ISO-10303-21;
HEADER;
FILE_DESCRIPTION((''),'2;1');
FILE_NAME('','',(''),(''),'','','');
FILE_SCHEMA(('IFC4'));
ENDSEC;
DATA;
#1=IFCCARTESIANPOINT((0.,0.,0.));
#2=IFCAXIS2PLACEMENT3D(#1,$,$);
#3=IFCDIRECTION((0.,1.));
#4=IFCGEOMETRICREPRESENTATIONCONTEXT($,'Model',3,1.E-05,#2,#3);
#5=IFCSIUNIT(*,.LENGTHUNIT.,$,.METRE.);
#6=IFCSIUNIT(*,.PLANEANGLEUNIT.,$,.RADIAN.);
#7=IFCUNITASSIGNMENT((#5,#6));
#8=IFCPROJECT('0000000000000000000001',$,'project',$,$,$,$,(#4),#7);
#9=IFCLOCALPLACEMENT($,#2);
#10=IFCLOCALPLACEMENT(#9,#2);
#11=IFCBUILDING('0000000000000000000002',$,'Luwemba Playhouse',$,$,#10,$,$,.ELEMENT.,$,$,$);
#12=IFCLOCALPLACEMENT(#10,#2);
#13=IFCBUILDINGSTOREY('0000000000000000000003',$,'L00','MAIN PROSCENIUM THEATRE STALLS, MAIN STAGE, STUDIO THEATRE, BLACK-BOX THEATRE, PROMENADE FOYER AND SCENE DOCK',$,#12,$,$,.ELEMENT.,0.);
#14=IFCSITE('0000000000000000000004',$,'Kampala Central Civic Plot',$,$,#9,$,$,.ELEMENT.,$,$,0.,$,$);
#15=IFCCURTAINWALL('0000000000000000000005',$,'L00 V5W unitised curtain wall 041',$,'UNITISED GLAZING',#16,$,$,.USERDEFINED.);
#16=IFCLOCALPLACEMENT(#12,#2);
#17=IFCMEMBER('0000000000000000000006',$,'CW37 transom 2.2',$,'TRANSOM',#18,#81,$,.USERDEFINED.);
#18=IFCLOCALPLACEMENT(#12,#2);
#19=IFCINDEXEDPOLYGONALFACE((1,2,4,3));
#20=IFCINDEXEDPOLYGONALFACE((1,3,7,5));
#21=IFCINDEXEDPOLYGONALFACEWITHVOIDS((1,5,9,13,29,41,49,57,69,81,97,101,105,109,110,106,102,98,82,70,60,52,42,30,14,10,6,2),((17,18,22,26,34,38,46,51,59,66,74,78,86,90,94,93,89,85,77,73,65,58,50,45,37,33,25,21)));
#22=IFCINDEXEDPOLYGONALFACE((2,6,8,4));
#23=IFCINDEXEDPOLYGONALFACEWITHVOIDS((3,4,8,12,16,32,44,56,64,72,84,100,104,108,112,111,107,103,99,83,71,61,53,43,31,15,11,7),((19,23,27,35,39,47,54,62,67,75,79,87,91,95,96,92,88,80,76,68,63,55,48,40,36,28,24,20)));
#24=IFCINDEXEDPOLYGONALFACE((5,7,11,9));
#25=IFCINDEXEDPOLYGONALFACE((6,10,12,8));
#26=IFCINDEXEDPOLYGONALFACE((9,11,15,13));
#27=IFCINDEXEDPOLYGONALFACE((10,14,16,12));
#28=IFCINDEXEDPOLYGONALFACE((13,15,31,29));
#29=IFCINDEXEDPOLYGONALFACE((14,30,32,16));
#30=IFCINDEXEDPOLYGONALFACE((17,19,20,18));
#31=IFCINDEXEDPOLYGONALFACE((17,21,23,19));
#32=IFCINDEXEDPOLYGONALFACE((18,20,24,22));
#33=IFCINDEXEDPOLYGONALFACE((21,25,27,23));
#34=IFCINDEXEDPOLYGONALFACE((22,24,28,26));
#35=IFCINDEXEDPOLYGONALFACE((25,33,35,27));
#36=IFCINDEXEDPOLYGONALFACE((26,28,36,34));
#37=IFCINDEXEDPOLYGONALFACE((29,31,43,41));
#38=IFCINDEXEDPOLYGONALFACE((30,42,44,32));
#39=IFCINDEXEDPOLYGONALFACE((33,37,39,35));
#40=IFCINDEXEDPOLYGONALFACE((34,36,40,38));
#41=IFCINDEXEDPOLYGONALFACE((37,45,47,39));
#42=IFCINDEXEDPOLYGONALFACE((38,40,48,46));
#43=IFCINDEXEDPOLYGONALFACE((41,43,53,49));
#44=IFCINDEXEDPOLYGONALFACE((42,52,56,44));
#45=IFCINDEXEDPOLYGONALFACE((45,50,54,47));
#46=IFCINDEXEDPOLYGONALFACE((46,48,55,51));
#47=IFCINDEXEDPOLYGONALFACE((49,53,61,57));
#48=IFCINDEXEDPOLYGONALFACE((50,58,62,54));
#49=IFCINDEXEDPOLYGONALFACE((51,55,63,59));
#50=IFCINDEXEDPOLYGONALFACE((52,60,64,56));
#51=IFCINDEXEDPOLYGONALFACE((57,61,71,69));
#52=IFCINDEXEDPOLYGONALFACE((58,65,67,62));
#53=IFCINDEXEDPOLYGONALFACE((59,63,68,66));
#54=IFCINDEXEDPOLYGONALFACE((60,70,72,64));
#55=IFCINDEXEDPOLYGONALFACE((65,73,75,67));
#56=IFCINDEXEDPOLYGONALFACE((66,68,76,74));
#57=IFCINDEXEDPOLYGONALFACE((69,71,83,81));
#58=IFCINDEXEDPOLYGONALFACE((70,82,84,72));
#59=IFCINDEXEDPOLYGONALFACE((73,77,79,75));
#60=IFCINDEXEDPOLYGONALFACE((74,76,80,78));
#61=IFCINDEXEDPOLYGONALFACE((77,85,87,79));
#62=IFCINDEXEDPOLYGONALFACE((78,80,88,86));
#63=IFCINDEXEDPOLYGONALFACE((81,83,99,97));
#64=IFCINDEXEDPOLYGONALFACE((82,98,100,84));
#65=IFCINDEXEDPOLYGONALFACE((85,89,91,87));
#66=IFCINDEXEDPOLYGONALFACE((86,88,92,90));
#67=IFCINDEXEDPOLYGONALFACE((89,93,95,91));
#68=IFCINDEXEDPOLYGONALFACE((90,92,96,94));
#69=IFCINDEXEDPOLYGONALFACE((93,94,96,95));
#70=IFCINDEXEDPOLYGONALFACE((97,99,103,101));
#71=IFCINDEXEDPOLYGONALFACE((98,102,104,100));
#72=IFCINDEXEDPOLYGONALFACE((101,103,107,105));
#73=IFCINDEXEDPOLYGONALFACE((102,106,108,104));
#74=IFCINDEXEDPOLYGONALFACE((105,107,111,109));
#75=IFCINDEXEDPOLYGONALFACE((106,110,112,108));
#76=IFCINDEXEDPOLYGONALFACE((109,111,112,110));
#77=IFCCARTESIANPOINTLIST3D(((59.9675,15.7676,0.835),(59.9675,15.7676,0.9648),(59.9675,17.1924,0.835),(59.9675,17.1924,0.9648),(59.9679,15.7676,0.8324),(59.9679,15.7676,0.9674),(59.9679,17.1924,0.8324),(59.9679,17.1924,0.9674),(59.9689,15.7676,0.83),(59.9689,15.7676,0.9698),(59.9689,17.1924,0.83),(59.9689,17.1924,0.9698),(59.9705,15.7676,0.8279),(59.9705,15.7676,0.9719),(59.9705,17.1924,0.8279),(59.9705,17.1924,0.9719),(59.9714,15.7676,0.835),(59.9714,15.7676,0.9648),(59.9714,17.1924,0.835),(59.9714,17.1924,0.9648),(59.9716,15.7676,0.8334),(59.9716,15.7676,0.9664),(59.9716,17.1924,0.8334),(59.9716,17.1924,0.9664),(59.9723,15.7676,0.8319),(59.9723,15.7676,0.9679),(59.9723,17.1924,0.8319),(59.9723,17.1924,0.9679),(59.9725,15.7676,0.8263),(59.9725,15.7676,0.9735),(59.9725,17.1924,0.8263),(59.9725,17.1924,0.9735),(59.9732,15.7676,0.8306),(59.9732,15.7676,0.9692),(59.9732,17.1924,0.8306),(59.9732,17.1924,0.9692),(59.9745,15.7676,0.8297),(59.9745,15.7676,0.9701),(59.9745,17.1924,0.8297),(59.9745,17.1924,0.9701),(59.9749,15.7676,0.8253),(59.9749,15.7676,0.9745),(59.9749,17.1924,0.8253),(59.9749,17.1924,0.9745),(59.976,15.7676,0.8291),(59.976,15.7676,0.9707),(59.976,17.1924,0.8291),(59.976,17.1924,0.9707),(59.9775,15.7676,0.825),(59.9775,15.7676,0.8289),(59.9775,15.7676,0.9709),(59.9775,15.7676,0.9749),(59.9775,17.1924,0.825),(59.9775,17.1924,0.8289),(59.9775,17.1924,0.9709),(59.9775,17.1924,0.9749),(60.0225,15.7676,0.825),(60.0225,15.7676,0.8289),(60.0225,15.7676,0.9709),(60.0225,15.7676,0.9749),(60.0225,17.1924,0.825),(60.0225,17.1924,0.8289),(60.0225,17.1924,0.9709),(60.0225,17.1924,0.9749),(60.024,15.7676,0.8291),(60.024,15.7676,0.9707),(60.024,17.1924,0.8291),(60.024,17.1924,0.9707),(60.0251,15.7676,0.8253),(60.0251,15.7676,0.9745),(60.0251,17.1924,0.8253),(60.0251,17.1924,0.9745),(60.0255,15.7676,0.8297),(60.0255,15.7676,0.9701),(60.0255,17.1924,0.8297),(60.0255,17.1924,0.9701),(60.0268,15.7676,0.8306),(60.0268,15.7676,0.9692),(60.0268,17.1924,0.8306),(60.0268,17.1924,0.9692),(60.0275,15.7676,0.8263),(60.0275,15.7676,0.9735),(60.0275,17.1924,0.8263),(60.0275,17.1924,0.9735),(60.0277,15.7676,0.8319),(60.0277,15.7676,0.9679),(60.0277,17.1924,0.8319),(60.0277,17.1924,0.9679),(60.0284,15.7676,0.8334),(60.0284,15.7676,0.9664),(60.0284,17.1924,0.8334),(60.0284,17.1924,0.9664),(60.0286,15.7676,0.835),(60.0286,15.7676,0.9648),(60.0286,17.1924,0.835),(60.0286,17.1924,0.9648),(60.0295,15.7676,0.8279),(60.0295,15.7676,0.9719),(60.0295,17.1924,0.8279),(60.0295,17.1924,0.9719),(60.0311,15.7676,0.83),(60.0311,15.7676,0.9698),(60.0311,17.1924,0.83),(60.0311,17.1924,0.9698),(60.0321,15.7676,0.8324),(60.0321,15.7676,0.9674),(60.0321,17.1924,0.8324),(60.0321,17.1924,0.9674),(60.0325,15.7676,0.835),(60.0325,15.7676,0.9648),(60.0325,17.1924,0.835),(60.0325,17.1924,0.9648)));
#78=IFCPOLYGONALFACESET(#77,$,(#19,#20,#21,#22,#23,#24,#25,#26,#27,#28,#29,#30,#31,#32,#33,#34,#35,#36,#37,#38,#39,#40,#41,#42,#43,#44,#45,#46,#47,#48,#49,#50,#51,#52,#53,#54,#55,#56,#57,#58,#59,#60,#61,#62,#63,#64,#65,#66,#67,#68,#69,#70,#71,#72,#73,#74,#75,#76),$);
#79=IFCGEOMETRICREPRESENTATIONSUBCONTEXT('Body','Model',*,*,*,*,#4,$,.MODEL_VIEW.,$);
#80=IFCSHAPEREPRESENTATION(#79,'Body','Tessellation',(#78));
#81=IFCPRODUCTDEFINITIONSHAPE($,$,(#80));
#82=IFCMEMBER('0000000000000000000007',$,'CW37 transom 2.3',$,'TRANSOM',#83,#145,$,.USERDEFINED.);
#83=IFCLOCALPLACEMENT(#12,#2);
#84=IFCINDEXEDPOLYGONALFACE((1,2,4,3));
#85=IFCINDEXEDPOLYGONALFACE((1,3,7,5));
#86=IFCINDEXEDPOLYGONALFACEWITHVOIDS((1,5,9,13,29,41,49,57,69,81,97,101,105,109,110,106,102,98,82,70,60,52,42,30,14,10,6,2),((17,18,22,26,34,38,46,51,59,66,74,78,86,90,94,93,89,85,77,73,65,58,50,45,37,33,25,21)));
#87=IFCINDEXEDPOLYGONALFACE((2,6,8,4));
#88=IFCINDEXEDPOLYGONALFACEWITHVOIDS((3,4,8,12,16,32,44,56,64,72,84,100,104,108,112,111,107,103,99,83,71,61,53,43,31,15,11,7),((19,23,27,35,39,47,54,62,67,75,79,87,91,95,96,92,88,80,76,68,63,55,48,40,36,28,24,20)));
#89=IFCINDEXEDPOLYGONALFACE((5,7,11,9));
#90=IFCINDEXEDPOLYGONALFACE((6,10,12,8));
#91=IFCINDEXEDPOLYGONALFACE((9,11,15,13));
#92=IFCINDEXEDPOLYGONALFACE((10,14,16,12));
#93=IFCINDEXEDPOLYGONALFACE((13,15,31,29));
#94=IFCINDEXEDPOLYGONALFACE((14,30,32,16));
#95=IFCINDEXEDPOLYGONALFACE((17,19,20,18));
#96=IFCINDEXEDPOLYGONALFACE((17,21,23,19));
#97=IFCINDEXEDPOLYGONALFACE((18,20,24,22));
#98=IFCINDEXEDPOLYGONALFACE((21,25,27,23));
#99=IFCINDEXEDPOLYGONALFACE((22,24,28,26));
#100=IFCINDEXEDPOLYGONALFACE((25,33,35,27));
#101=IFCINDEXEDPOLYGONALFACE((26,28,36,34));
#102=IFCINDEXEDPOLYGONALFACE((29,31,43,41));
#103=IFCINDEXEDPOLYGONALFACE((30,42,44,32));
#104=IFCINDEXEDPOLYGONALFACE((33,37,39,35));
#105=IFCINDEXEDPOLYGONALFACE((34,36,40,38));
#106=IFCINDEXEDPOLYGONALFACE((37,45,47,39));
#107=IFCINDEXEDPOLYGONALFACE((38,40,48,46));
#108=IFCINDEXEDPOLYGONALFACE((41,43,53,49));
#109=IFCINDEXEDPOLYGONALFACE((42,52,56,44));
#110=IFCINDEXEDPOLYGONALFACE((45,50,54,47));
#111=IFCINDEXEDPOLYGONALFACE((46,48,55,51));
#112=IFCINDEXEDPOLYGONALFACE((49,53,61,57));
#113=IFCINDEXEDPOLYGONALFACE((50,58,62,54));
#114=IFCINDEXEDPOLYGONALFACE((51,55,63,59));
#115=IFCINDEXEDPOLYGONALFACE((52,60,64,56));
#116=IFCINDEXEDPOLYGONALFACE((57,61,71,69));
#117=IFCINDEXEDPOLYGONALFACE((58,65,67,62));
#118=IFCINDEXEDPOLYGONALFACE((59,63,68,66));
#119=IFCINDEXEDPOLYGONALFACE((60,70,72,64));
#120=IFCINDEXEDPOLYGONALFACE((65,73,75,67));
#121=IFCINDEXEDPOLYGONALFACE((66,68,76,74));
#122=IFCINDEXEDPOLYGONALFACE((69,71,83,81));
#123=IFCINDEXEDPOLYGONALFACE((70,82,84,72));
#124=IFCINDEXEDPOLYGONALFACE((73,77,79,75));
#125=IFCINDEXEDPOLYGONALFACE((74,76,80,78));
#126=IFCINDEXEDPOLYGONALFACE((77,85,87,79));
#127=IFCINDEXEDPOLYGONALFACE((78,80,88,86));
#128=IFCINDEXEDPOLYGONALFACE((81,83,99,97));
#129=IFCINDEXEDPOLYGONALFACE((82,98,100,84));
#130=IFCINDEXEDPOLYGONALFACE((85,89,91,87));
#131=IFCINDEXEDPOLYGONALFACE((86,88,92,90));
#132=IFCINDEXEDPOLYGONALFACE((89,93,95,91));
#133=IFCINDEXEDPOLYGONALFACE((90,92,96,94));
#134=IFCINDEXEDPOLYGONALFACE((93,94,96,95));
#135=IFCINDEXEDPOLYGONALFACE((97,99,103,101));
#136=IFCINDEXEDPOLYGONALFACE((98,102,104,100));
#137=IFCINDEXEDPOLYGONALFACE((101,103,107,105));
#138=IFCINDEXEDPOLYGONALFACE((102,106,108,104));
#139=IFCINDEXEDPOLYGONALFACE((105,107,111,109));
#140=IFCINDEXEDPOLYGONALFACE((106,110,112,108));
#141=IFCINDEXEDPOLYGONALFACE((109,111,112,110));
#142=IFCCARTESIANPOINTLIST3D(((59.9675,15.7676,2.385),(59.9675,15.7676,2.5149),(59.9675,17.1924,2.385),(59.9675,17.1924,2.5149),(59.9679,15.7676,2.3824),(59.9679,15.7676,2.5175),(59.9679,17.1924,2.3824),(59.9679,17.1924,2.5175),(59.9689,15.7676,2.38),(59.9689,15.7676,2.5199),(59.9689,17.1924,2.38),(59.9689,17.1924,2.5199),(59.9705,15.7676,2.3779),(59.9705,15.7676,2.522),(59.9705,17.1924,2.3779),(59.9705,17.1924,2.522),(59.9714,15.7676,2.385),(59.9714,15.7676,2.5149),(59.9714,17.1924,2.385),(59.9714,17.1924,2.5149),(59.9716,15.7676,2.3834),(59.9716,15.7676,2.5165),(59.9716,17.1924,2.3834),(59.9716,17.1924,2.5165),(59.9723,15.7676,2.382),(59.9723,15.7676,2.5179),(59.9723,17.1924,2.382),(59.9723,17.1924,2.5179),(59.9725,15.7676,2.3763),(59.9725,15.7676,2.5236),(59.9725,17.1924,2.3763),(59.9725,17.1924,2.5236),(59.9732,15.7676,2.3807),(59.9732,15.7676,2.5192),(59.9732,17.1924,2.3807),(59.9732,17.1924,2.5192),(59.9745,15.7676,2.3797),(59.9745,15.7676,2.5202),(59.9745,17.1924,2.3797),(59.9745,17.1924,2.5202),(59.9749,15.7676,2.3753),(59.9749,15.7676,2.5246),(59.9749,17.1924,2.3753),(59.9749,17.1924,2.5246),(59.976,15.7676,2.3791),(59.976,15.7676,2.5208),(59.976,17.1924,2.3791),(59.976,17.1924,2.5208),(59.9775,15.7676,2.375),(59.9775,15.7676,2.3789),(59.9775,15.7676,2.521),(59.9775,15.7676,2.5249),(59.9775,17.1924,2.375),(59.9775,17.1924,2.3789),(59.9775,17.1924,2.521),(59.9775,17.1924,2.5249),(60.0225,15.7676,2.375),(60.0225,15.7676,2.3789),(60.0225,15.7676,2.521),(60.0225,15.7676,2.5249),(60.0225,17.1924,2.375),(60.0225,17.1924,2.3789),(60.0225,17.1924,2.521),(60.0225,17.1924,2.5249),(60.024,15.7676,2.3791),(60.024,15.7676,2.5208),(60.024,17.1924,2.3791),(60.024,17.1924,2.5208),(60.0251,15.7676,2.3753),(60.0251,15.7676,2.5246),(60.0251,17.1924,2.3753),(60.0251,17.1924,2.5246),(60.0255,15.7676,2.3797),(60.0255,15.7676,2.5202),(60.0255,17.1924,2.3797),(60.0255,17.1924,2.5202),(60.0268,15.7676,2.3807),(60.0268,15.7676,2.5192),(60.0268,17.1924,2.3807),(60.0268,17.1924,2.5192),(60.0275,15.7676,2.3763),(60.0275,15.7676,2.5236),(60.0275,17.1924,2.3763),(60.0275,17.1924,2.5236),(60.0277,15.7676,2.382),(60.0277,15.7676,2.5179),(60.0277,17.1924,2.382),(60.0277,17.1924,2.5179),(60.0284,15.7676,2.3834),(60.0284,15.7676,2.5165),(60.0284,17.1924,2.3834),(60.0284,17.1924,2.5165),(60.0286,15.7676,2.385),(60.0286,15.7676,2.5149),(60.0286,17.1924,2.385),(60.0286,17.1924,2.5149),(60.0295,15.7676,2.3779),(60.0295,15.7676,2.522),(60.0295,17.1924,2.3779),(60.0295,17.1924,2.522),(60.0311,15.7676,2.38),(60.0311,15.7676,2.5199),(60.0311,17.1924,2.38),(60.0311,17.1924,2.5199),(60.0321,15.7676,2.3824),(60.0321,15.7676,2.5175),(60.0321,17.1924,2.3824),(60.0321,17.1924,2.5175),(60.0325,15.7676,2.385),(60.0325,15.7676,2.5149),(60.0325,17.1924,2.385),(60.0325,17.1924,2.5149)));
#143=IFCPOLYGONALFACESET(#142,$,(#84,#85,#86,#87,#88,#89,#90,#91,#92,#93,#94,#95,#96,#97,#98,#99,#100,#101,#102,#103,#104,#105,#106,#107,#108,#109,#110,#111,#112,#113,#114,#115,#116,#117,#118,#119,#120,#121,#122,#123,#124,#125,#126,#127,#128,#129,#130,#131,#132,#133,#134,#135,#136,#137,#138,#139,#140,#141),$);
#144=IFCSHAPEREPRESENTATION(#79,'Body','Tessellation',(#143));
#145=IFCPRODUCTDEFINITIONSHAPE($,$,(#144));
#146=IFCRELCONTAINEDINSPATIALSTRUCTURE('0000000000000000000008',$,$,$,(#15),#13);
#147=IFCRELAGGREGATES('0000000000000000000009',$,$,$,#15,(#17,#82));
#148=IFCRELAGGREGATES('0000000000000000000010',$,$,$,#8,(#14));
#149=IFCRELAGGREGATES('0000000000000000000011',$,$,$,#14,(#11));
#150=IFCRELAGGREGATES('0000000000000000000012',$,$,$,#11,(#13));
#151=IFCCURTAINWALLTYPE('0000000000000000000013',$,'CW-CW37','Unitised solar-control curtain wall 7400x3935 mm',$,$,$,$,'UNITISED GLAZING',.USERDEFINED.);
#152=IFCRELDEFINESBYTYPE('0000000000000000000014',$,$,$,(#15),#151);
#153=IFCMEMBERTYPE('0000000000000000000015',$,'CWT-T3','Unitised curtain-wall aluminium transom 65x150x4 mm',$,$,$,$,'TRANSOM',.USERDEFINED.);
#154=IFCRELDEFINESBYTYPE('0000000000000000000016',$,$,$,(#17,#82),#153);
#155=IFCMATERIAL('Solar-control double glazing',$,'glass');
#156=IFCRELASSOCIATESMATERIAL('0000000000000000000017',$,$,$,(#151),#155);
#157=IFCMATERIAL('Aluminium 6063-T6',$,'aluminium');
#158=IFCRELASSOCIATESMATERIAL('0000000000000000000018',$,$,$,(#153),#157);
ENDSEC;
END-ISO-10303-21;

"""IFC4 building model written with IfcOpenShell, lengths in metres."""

from ifc_helpers import new_model, si_unit, direction, frame, origin, origin_2d, place, context, subcontext, project, spatial, hollow_rectangle, extrude, material, material_profile, profile_set, type_object, element, aggregate, save


model = new_model("IFC4")

# Units and contexts
model_context = context("Model", 3, precision=1e-05, world=origin(), true_north=direction((0.0, 1.0)))
body_context = subcontext(model_context, "Body", "Model", "MODEL_VIEW")
ifc_project = project(units=[si_unit("LENGTHUNIT", "METRE"), si_unit("PLANEANGLEUNIT", "RADIAN")], contexts=[model_context])

# Site, building, storey
site_placement = place(None, origin())
site = spatial("IfcSite", under=ifc_project, at=site_placement, Name="Kampala Central Civic Plot", CompositionType="ELEMENT", RefElevation=0.0)
building_placement = place(site_placement, origin())
building = spatial("IfcBuilding", under=site, at=building_placement, Name="Luwemba Playhouse", CompositionType="ELEMENT")
storey_placement = place(building_placement, origin())
storey = spatial("IfcBuildingStorey", under=building, at=storey_placement, Name="L00", Description="MAIN PROSCENIUM THEATRE STALLS, MAIN STAGE, STUDIO THEATRE, BLACK-BOX THEATRE, PROMENADE FOYER AND SCENE DOCK", CompositionType="ELEMENT", Elevation=0.0)

# Curtain wall, members
ifc_material_1 = material(Name="Solar-control double glazing", Category="glass")
curtain_wall_type = type_object("IfcCurtainWallType", Name="CW-CW37", Description="Unitised solar-control curtain wall 7400x3935 mm", ElementType="UNITISED GLAZING", PredefinedType="USERDEFINED", material=ifc_material_1)
curtain_wall_placement = place(storey_placement, origin())
curtain_wall = element("IfcCurtainWall", 1, at=curtain_wall_placement, inside=storey, type_object=curtain_wall_type, Name="L00 V5W unitised curtain wall 041", ObjectType="UNITISED GLAZING", PredefinedType="USERDEFINED")
ifc_material_2 = material(Name="Aluminium 6063-T6", Category="aluminium")
ifc_material_profile_1 = material_profile(ifc_material_2, hollow_rectangle(XDim=0.0649, YDim=0.1499, WallThickness=0.0039, InnerFilletRadius=0.0061, OuterFilletRadius=0.01, at=origin_2d()))
ifc_profile_set_1 = profile_set([ifc_material_profile_1], Name="Aluminium 6063-T6")
member_type_1 = type_object("IfcMemberType", Name="CWT-T3", Description="Unitised curtain-wall aluminium transom 65x150x4 mm", ElementType="TRANSOM", PredefinedType="USERDEFINED", material=ifc_profile_set_1)
member_1_placement = place(storey_placement, frame((60.0, 17.1924, 0.8999), z_axis=(0.0, -1.0, 0.0), x_axis=(1.0, 0.0, 0.0)))
member_1 = element("IfcMember", 2, at=member_1_placement, type_object=member_type_1, Name="CW37 transom 2.2", ObjectType="TRANSOM", PredefinedType="USERDEFINED", context=body_context, shape_type="SweptSolid", body=[
    extrude(hollow_rectangle(XDim=0.0649, YDim=0.1499, WallThickness=0.0039, InnerFilletRadius=0.0061, OuterFilletRadius=0.01, at=origin_2d()), origin(), (0.0, 0.0, 1.0), 1.4248),
])
member_2_placement = place(storey_placement, frame((60.0, 17.1924, 2.45), z_axis=(0.0, -1.0, 0.0), x_axis=(1.0, 0.0, 0.0)))
member_2 = element("IfcMember", 3, at=member_2_placement, type_object=member_type_1, Name="CW37 transom 2.3", ObjectType="TRANSOM", PredefinedType="USERDEFINED", context=body_context, shape_type="SweptSolid", body=[
    extrude(hollow_rectangle(XDim=0.0649, YDim=0.1499, WallThickness=0.0039, InnerFilletRadius=0.0061, OuterFilletRadius=0.01, at=origin_2d()), origin(), (0.0, 0.0, 1.0), 1.4248),
])
aggregate(curtain_wall, [member_1, member_2])

save(model, "model.ifc")
